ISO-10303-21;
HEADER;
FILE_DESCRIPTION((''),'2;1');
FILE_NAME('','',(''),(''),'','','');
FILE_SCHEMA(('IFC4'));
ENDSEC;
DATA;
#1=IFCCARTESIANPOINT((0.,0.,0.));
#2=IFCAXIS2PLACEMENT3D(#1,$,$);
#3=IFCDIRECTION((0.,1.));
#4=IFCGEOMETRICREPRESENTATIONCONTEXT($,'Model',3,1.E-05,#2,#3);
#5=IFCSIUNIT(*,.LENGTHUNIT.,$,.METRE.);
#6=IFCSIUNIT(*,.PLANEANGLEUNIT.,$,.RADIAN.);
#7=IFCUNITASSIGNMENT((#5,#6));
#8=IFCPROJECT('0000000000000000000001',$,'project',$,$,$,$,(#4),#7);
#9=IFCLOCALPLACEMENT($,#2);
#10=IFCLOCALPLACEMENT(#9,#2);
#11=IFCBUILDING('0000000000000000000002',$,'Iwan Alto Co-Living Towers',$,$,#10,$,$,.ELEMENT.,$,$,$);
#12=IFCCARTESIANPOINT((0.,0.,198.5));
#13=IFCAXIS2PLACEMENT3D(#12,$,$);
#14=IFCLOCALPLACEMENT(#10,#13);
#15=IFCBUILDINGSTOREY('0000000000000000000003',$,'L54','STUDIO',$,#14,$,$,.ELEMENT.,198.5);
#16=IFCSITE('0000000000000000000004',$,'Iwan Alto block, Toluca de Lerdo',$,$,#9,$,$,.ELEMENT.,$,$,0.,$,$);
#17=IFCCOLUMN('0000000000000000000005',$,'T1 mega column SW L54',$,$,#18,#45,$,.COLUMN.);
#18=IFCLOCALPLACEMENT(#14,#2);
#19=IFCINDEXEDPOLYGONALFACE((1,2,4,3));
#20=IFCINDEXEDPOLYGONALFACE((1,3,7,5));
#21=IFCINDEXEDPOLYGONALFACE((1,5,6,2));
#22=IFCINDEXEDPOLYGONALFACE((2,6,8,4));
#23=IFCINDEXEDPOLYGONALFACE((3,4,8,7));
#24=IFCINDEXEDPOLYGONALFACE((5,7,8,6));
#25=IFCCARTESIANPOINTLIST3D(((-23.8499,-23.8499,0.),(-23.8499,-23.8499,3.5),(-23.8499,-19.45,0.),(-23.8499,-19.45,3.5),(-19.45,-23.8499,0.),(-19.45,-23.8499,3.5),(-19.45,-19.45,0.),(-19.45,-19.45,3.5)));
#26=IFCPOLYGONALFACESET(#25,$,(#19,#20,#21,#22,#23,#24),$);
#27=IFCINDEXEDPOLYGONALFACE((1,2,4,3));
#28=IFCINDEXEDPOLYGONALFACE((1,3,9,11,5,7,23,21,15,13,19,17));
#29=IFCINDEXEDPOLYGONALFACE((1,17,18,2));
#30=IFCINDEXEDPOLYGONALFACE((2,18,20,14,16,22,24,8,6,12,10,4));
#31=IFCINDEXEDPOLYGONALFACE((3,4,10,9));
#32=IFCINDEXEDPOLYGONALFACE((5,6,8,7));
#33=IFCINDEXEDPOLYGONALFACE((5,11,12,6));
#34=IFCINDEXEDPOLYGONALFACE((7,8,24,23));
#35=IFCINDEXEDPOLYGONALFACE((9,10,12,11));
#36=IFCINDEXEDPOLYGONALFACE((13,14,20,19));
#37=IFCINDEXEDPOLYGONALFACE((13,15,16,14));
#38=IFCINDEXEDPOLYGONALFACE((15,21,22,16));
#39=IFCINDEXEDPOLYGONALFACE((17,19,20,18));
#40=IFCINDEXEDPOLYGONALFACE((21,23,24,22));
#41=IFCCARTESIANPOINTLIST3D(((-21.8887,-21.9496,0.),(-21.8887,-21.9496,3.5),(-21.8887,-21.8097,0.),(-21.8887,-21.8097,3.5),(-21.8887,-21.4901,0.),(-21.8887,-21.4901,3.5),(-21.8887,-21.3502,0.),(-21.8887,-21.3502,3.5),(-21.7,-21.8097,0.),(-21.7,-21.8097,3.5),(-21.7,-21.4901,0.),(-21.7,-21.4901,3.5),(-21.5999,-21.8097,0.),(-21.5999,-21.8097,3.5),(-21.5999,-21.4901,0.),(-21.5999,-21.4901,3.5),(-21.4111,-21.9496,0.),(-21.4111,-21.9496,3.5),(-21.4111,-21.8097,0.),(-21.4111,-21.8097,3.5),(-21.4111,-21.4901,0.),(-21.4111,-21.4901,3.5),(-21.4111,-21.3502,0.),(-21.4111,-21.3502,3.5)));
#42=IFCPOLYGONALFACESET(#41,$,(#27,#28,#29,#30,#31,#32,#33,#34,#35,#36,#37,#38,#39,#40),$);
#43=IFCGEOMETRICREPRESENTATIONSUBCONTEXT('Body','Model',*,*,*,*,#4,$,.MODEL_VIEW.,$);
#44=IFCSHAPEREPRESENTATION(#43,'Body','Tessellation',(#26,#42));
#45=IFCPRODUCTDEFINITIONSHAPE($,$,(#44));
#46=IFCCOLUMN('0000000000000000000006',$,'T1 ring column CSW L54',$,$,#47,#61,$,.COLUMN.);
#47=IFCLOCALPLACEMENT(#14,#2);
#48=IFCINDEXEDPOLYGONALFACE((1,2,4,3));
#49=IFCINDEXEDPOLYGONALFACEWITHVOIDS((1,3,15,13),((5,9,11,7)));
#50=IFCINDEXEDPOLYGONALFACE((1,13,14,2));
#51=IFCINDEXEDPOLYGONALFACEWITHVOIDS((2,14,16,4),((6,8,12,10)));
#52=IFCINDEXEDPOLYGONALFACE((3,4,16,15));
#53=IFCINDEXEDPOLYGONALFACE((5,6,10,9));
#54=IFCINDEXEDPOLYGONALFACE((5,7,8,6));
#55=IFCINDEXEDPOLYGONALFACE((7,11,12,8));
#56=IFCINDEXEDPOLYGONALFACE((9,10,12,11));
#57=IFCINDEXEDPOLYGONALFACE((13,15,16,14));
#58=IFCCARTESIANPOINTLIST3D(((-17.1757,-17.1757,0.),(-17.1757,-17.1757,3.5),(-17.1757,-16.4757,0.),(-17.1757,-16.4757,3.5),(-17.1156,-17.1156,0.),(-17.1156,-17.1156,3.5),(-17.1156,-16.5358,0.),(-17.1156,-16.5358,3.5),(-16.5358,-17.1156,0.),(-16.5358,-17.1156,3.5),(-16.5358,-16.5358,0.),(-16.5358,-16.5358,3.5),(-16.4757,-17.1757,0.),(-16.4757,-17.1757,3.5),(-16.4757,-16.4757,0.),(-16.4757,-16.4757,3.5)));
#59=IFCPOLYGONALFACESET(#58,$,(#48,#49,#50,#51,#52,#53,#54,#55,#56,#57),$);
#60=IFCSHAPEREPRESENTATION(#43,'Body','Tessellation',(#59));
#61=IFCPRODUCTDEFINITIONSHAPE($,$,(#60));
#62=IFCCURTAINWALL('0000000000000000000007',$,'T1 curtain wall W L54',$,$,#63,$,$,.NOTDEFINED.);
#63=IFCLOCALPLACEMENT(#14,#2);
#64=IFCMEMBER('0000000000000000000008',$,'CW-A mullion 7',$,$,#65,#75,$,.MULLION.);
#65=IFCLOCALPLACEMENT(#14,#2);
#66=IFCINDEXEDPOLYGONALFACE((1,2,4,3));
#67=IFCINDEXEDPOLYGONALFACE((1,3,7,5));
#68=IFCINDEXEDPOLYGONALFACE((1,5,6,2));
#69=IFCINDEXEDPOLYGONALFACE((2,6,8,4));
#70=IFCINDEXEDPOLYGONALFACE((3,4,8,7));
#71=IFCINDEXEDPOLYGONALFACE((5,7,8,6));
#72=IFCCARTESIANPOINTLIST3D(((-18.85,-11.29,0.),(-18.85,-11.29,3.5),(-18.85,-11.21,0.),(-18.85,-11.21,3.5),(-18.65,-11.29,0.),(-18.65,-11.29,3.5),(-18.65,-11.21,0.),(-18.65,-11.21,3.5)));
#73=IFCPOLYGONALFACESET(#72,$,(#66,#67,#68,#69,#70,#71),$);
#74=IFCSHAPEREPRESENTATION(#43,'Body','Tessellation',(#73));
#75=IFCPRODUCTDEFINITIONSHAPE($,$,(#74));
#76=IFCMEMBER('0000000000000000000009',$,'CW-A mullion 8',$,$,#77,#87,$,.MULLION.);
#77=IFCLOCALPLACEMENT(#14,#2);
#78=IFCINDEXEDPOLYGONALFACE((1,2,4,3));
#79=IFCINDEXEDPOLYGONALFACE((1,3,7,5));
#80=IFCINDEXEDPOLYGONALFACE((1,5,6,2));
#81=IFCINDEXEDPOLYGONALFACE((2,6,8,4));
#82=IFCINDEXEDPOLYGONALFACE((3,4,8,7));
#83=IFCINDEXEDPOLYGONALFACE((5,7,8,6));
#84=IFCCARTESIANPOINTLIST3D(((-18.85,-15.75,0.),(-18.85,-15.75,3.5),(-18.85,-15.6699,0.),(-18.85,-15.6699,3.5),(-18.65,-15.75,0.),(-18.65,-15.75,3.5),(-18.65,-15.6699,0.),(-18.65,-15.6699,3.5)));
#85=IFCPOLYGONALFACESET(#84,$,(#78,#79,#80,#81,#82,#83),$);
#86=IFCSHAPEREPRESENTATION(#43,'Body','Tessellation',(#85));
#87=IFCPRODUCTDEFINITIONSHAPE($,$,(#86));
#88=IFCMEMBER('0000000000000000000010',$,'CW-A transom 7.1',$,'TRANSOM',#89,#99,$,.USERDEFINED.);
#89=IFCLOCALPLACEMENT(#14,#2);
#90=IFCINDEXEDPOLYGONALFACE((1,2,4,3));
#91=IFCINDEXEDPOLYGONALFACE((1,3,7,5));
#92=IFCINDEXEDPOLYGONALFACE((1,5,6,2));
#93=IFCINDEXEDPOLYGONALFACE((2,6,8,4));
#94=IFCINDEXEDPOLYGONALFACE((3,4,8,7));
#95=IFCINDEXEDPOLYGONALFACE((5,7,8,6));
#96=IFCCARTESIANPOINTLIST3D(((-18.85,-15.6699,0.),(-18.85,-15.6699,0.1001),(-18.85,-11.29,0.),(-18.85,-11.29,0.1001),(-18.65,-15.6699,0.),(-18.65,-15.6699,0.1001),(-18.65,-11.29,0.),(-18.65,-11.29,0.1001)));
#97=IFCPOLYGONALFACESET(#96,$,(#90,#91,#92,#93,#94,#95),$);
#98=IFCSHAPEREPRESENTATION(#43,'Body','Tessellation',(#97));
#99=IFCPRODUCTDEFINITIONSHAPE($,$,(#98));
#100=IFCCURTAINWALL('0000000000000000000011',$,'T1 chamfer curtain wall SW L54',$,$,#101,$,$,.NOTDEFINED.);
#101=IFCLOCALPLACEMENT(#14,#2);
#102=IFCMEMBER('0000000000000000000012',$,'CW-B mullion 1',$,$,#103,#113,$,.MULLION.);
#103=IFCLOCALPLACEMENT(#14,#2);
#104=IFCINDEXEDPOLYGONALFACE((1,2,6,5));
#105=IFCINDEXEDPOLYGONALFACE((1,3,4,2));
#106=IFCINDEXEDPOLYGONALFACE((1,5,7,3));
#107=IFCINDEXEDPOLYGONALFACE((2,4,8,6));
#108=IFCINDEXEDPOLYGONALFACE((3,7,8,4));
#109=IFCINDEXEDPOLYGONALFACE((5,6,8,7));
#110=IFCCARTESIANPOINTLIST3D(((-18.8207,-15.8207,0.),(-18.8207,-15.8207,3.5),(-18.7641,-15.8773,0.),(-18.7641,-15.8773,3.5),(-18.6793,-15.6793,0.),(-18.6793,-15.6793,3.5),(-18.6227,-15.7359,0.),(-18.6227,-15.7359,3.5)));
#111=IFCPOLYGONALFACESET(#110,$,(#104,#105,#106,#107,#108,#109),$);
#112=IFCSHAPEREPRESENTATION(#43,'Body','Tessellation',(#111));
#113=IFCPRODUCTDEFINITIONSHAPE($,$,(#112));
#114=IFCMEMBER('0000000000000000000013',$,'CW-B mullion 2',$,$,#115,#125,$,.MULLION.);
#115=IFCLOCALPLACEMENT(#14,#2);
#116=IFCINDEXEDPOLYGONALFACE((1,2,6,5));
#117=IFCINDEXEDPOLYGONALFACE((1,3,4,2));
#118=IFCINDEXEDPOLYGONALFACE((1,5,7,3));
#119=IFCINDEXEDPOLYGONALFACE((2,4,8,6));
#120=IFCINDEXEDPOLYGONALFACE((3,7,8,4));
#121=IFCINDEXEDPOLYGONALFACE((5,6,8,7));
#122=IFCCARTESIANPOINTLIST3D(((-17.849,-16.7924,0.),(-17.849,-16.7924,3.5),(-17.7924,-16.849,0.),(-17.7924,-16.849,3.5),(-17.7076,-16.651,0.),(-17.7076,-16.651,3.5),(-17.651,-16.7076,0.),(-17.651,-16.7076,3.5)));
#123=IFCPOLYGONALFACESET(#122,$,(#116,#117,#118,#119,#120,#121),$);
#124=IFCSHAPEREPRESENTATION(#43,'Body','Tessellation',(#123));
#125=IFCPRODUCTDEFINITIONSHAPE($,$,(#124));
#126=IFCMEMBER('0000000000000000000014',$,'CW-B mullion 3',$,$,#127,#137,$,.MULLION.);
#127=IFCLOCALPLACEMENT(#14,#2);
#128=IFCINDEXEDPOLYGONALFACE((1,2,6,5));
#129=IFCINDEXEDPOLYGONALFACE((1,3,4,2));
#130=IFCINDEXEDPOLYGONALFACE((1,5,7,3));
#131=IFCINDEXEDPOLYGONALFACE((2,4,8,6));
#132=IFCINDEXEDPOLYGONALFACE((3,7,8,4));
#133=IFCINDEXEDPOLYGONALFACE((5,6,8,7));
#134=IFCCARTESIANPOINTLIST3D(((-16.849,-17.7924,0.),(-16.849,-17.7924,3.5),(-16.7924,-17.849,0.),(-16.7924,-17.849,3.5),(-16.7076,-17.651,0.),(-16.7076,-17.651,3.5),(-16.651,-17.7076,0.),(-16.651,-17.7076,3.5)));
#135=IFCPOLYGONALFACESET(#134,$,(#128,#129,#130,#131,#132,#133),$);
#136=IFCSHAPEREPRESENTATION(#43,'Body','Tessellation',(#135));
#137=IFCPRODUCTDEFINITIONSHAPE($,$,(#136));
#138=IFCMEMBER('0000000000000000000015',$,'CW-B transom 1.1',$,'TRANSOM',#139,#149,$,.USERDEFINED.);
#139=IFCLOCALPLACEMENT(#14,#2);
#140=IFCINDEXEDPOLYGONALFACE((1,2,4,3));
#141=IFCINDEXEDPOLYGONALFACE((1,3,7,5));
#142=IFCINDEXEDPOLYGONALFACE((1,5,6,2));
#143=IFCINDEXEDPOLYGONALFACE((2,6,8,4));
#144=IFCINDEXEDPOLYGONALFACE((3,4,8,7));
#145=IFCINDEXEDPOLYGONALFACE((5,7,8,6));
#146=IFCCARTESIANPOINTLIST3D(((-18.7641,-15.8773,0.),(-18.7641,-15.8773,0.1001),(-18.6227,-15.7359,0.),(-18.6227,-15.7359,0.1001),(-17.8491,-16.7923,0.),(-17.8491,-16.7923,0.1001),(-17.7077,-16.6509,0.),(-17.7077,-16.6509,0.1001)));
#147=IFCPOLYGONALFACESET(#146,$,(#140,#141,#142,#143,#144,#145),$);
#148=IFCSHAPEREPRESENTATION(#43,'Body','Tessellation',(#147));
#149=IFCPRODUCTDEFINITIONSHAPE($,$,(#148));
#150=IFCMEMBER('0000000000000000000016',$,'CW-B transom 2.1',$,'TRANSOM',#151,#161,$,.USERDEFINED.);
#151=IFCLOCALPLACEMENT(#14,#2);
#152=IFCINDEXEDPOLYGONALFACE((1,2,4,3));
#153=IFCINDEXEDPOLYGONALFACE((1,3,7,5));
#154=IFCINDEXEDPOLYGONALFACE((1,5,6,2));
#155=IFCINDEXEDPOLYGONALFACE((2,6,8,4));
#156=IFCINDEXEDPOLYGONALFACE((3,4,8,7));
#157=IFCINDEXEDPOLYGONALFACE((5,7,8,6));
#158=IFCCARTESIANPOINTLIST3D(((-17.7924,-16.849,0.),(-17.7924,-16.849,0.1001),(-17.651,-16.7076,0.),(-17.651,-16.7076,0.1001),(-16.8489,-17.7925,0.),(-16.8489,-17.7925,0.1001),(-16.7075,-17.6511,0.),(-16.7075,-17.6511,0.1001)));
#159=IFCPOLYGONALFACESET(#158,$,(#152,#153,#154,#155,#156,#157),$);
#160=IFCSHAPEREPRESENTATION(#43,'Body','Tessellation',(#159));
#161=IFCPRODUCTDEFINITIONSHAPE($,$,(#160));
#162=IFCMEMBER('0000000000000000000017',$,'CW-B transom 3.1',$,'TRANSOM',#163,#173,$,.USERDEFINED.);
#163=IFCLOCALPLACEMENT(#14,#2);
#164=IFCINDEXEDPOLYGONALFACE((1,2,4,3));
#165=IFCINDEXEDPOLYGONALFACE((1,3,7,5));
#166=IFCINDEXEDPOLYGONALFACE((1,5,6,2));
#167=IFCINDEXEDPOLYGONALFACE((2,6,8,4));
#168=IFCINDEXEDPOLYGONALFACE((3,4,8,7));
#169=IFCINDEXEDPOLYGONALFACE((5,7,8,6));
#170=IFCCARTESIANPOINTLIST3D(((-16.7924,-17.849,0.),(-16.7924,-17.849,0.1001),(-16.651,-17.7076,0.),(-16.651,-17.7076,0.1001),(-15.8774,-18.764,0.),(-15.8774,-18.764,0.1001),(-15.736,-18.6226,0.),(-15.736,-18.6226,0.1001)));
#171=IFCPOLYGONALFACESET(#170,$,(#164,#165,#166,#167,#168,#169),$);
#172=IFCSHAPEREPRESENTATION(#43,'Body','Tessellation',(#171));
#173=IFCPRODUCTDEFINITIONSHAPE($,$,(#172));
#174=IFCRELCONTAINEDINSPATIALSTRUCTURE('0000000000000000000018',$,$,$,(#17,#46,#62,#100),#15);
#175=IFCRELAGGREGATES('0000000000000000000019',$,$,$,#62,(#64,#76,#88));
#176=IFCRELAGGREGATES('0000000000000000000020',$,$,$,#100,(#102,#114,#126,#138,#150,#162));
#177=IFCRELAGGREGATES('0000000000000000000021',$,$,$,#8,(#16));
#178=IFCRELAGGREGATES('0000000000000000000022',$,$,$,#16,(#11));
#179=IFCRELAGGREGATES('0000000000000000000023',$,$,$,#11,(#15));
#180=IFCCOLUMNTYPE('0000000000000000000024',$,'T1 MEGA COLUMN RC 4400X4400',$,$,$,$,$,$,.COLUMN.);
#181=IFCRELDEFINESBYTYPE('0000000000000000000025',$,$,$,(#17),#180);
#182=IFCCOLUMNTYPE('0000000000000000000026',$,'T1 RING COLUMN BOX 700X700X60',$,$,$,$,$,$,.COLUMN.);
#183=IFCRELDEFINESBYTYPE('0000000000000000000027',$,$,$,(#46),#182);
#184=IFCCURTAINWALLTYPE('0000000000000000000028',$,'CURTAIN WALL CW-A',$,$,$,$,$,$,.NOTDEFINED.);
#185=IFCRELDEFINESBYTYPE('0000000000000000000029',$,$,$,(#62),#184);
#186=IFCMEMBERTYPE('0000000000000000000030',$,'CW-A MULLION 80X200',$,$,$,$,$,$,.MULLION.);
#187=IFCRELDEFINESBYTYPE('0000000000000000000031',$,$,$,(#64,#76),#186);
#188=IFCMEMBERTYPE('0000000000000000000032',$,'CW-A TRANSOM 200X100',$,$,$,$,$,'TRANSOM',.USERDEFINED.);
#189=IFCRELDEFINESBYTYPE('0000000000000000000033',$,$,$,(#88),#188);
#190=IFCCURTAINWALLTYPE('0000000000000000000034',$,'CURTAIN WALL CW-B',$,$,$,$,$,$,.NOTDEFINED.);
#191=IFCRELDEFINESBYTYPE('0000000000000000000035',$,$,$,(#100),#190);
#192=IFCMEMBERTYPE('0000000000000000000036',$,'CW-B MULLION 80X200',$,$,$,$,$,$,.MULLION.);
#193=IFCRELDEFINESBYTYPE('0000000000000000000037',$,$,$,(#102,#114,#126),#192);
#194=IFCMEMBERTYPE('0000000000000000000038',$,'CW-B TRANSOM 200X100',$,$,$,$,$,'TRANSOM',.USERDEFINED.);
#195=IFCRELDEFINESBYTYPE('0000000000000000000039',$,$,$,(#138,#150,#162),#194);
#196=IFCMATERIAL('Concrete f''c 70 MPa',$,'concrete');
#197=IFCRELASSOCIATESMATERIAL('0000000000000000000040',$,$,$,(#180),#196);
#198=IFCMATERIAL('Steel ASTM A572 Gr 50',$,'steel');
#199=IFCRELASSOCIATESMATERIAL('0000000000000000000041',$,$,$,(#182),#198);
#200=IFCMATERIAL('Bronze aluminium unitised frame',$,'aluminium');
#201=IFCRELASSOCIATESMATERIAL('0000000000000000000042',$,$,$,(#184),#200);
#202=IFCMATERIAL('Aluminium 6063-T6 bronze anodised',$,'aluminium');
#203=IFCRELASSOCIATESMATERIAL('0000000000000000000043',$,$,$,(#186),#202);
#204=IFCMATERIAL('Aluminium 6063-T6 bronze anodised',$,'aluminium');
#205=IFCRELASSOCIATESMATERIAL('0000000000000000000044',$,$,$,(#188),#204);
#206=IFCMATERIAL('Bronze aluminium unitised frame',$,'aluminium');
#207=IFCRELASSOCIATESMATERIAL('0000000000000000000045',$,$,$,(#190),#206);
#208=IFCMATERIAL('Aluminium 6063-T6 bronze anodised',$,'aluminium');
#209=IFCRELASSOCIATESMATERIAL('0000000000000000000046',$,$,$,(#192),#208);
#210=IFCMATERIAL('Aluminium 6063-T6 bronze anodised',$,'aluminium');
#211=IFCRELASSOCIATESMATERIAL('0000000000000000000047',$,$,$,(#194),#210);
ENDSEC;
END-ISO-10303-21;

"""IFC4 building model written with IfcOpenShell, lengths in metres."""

from ifc_helpers import new_model, si_unit, direction, frame, origin, origin_2d, place, context, subcontext, project, spatial, rectangle, hollow_rectangle, i_section, extrude, material, material_profile, profile_set, type_object, element, aggregate, save


model = new_model("IFC4")

# Units and contexts
model_context = context("Model", 3, precision=1e-05, world=origin(), true_north=direction((0.0, 1.0)))
body_context = subcontext(model_context, "Body", "Model", "MODEL_VIEW")
ifc_project = project(units=[si_unit("LENGTHUNIT", "METRE"), si_unit("PLANEANGLEUNIT", "RADIAN")], contexts=[model_context])

# Site, building, storey
site_placement = place(None, origin())
site = spatial("IfcSite", under=ifc_project, at=site_placement, Name="Iwan Alto block, Toluca de Lerdo", CompositionType="ELEMENT", RefElevation=0.0)
building_placement = place(site_placement, origin())
building = spatial("IfcBuilding", under=site, at=building_placement, Name="Iwan Alto Co-Living Towers", CompositionType="ELEMENT")
storey_placement = place(building_placement, frame((0.0, 0.0, 198.5)))
storey = spatial("IfcBuildingStorey", under=building, at=storey_placement, Name="L54", Description="STUDIO", CompositionType="ELEMENT", Elevation=198.5)

# Columns
ifc_material_1 = material(Name="Concrete f'c 70 MPa", Category="concrete")
ifc_material_profile_1 = material_profile(ifc_material_1, rectangle(XDim=4.3999, YDim=4.3999, at=origin_2d()), Name="RC 4400X4400")
ifc_profile_set_1 = profile_set([ifc_material_profile_1], Name="Concrete f'c 70 MPa")
column_type_1 = type_object("IfcColumnType", Name="T1 MEGA COLUMN RC 4400X4400", PredefinedType="COLUMN", material=ifc_profile_set_1)
column_1_placement = place(storey_placement, frame((-21.6499, -21.6499, 0.0), z_axis=(0.0, 0.0, 1.0), x_axis=(1.0, 0.0, 0.0)))
element("IfcColumn", 1, at=column_1_placement, inside=storey, type_object=column_type_1, Name="T1 mega column SW L54", PredefinedType="COLUMN", context=body_context, shape_type="SweptSolid", body=[
    extrude(rectangle(XDim=4.3999, YDim=4.3999, at=origin_2d()), origin(), (0.0, 0.0, 1.0), 3.5),
    extrude(i_section(OverallWidth=0.4775, OverallDepth=0.5994, WebThickness=0.1001, FlangeThickness=0.1399, at=origin_2d()), origin(), (0.0, 0.0, 1.0), 3.5),
])
ifc_material_2 = material(Name="Steel ASTM A572 Gr 50", Category="steel")
ifc_material_profile_2 = material_profile(ifc_material_2, hollow_rectangle(XDim=0.7, YDim=0.7, WallThickness=0.0601, at=origin_2d()), Name="BOX 700X700X60")
ifc_profile_set_2 = profile_set([ifc_material_profile_2], Name="Steel ASTM A572 Gr 50")
column_type_2 = type_object("IfcColumnType", Name="T1 RING COLUMN BOX 700X700X60", PredefinedType="COLUMN", material=ifc_profile_set_2)
column_2_placement = place(storey_placement, frame((-16.8257, -16.8257, 0.0), z_axis=(0.0, 0.0, 1.0), x_axis=(1.0, 0.0, 0.0)))
element("IfcColumn", 2, at=column_2_placement, inside=storey, type_object=column_type_2, Name="T1 ring column CSW L54", PredefinedType="COLUMN", context=body_context, shape_type="SweptSolid", body=[
    extrude(hollow_rectangle(XDim=0.7, YDim=0.7, WallThickness=0.0601, at=origin_2d()), origin(), (0.0, 0.0, 1.0), 3.5),
])

# Curtain walls, members
ifc_material_3 = material(Name="Bronze aluminium unitised frame", Category="aluminium")
curtain_wall_type_1 = type_object("IfcCurtainWallType", Name="CURTAIN WALL CW-A", PredefinedType="NOTDEFINED", material=ifc_material_3)
curtain_wall_1_placement = place(storey_placement, origin())
curtain_wall_1 = element("IfcCurtainWall", 3, at=curtain_wall_1_placement, inside=storey, type_object=curtain_wall_type_1, Name="T1 curtain wall W L54", PredefinedType="NOTDEFINED")
ifc_material_4 = material(Name="Aluminium 6063-T6 bronze anodised", Category="aluminium")
ifc_material_profile_3 = material_profile(ifc_material_4, rectangle(XDim=0.2, YDim=0.0801, at=origin_2d()), Name="AL 80X200")
ifc_profile_set_3 = profile_set([ifc_material_profile_3], Name="Aluminium 6063-T6 bronze anodised")
member_type_1 = type_object("IfcMemberType", Name="CW-A MULLION 80X200", PredefinedType="MULLION", material=ifc_profile_set_3)
member_1_placement = place(storey_placement, frame((-18.75, -11.25, 0.0), z_axis=(0.0, 0.0, 1.0), x_axis=(1.0, 0.0, 0.0)))
member_1 = element("IfcMember", 4, at=member_1_placement, type_object=member_type_1, Name="CW-A mullion 7", PredefinedType="MULLION", context=body_context, shape_type="SweptSolid", body=[
    extrude(rectangle(XDim=0.2, YDim=0.0801, at=origin_2d()), origin(), (0.0, 0.0, 1.0), 3.5),
])
member_2_placement = place(storey_placement, frame((-18.75, -15.71, 0.0), z_axis=(0.0, 0.0, 1.0), x_axis=(1.0, 0.0, 0.0)))
member_2 = element("IfcMember", 5, at=member_2_placement, type_object=member_type_1, Name="CW-A mullion 8", PredefinedType="MULLION", context=body_context, shape_type="SweptSolid", body=[
    extrude(rectangle(XDim=0.2, YDim=0.0801, at=origin_2d()), origin(), (0.0, 0.0, 1.0), 3.5),
])
ifc_material_5 = material(Name="Aluminium 6063-T6 bronze anodised", Category="aluminium")
ifc_material_profile_4 = material_profile(ifc_material_5, rectangle(XDim=0.2, YDim=0.1001, at=origin_2d()), Name="AL 200X100")
ifc_profile_set_4 = profile_set([ifc_material_profile_4], Name="Aluminium 6063-T6 bronze anodised")
member_type_2 = type_object("IfcMemberType", Name="CW-A TRANSOM 200X100", ElementType="TRANSOM", PredefinedType="USERDEFINED", material=ifc_profile_set_4)
member_3_placement = place(storey_placement, frame((-18.75, -11.29, 0.05), z_axis=(0.0, -1.0, 0.0), x_axis=(1.0, 0.0, 0.0)))
member_3 = element("IfcMember", 6, at=member_3_placement, type_object=member_type_2, Name="CW-A transom 7.1", ObjectType="TRANSOM", PredefinedType="USERDEFINED", context=body_context, shape_type="SweptSolid", body=[
    extrude(rectangle(XDim=0.2, YDim=0.1001, at=origin_2d()), origin(), (0.0, 0.0, 1.0), 4.3799),
])
ifc_material_6 = material(Name="Bronze aluminium unitised frame", Category="aluminium")
curtain_wall_type_2 = type_object("IfcCurtainWallType", Name="CURTAIN WALL CW-B", PredefinedType="NOTDEFINED", material=ifc_material_6)
curtain_wall_2_placement = place(storey_placement, origin())
curtain_wall_2 = element("IfcCurtainWall", 7, at=curtain_wall_2_placement, inside=storey, type_object=curtain_wall_type_2, Name="T1 chamfer curtain wall SW L54", PredefinedType="NOTDEFINED")
ifc_material_7 = material(Name="Aluminium 6063-T6 bronze anodised", Category="aluminium")
ifc_material_profile_5 = material_profile(ifc_material_7, rectangle(XDim=0.2, YDim=0.0801, at=origin_2d()), Name="AL 80X200")
ifc_profile_set_5 = profile_set([ifc_material_profile_5], Name="Aluminium 6063-T6 bronze anodised")
member_type_3 = type_object("IfcMemberType", Name="CW-B MULLION 80X200", PredefinedType="MULLION", material=ifc_profile_set_5)
member_4_placement = place(storey_placement, frame((-18.7217, -15.7783, 0.0), z_axis=(0.0, 0.0, 1.0), x_axis=(0.707107, 0.707107, 0.0)))
member_4 = element("IfcMember", 8, at=member_4_placement, type_object=member_type_3, Name="CW-B mullion 1", PredefinedType="MULLION", context=body_context, shape_type="SweptSolid", body=[
    extrude(rectangle(XDim=0.2, YDim=0.0801, at=origin_2d()), origin(), (0.0, 0.0, 1.0), 3.5),
])
member_5_placement = place(storey_placement, frame((-17.75, -16.75, 0.0), z_axis=(0.0, 0.0, 1.0), x_axis=(0.707107, 0.707107, 0.0)))
member_5 = element("IfcMember", 9, at=member_5_placement, type_object=member_type_3, Name="CW-B mullion 2", PredefinedType="MULLION", context=body_context, shape_type="SweptSolid", body=[
    extrude(rectangle(XDim=0.2, YDim=0.0801, at=origin_2d()), origin(), (0.0, 0.0, 1.0), 3.5),
])
member_6_placement = place(storey_placement, frame((-16.75, -17.75, 0.0), z_axis=(0.0, 0.0, 1.0), x_axis=(0.707107, 0.707107, 0.0)))
member_6 = element("IfcMember", 10, at=member_6_placement, type_object=member_type_3, Name="CW-B mullion 3", PredefinedType="MULLION", context=body_context, shape_type="SweptSolid", body=[
    extrude(rectangle(XDim=0.2, YDim=0.0801, at=origin_2d()), origin(), (0.0, 0.0, 1.0), 3.5),
])
ifc_material_8 = material(Name="Aluminium 6063-T6 bronze anodised", Category="aluminium")
ifc_material_profile_6 = material_profile(ifc_material_8, rectangle(XDim=0.2, YDim=0.1001, at=origin_2d()), Name="AL 200X100")
ifc_profile_set_6 = profile_set([ifc_material_profile_6], Name="Aluminium 6063-T6 bronze anodised")
member_type_4 = type_object("IfcMemberType", Name="CW-B TRANSOM 200X100", ElementType="TRANSOM", PredefinedType="USERDEFINED", material=ifc_profile_set_6)
member_7_placement = place(storey_placement, frame((-18.6934, -15.8066, 0.05), z_axis=(0.707107, -0.707107, 0.0), x_axis=(0.707107, 0.707107, 0.0)))
member_7 = element("IfcMember", 11, at=member_7_placement, type_object=member_type_4, Name="CW-B transom 1.1", ObjectType="TRANSOM", PredefinedType="USERDEFINED", context=body_context, shape_type="SweptSolid", body=[
    extrude(rectangle(XDim=0.2, YDim=0.1001, at=origin_2d()), origin(), (0.0, 0.0, 1.0), 1.2939),
])
member_8_placement = place(storey_placement, frame((-17.7217, -16.7783, 0.05), z_axis=(0.707107, -0.707107, 0.0), x_axis=(0.707107, 0.707107, 0.0)))
member_8 = element("IfcMember", 12, at=member_8_placement, type_object=member_type_4, Name="CW-B transom 2.1", ObjectType="TRANSOM", PredefinedType="USERDEFINED", context=body_context, shape_type="SweptSolid", body=[
    extrude(rectangle(XDim=0.2, YDim=0.1001, at=origin_2d()), origin(), (0.0, 0.0, 1.0), 1.3342),
])
member_9_placement = place(storey_placement, frame((-16.7217, -17.7783, 0.05), z_axis=(0.707107, -0.707107, 0.0), x_axis=(0.707107, 0.707107, 0.0)))
member_9 = element("IfcMember", 13, at=member_9_placement, type_object=member_type_4, Name="CW-B transom 3.1", ObjectType="TRANSOM", PredefinedType="USERDEFINED", context=body_context, shape_type="SweptSolid", body=[
    extrude(rectangle(XDim=0.2, YDim=0.1001, at=origin_2d()), origin(), (0.0, 0.0, 1.0), 1.2939),
])

aggregate(curtain_wall_1, [member_1, member_2, member_3])
aggregate(curtain_wall_2, [member_4, member_5, member_6, member_7, member_8, member_9])

save(model, "model.ifc")
